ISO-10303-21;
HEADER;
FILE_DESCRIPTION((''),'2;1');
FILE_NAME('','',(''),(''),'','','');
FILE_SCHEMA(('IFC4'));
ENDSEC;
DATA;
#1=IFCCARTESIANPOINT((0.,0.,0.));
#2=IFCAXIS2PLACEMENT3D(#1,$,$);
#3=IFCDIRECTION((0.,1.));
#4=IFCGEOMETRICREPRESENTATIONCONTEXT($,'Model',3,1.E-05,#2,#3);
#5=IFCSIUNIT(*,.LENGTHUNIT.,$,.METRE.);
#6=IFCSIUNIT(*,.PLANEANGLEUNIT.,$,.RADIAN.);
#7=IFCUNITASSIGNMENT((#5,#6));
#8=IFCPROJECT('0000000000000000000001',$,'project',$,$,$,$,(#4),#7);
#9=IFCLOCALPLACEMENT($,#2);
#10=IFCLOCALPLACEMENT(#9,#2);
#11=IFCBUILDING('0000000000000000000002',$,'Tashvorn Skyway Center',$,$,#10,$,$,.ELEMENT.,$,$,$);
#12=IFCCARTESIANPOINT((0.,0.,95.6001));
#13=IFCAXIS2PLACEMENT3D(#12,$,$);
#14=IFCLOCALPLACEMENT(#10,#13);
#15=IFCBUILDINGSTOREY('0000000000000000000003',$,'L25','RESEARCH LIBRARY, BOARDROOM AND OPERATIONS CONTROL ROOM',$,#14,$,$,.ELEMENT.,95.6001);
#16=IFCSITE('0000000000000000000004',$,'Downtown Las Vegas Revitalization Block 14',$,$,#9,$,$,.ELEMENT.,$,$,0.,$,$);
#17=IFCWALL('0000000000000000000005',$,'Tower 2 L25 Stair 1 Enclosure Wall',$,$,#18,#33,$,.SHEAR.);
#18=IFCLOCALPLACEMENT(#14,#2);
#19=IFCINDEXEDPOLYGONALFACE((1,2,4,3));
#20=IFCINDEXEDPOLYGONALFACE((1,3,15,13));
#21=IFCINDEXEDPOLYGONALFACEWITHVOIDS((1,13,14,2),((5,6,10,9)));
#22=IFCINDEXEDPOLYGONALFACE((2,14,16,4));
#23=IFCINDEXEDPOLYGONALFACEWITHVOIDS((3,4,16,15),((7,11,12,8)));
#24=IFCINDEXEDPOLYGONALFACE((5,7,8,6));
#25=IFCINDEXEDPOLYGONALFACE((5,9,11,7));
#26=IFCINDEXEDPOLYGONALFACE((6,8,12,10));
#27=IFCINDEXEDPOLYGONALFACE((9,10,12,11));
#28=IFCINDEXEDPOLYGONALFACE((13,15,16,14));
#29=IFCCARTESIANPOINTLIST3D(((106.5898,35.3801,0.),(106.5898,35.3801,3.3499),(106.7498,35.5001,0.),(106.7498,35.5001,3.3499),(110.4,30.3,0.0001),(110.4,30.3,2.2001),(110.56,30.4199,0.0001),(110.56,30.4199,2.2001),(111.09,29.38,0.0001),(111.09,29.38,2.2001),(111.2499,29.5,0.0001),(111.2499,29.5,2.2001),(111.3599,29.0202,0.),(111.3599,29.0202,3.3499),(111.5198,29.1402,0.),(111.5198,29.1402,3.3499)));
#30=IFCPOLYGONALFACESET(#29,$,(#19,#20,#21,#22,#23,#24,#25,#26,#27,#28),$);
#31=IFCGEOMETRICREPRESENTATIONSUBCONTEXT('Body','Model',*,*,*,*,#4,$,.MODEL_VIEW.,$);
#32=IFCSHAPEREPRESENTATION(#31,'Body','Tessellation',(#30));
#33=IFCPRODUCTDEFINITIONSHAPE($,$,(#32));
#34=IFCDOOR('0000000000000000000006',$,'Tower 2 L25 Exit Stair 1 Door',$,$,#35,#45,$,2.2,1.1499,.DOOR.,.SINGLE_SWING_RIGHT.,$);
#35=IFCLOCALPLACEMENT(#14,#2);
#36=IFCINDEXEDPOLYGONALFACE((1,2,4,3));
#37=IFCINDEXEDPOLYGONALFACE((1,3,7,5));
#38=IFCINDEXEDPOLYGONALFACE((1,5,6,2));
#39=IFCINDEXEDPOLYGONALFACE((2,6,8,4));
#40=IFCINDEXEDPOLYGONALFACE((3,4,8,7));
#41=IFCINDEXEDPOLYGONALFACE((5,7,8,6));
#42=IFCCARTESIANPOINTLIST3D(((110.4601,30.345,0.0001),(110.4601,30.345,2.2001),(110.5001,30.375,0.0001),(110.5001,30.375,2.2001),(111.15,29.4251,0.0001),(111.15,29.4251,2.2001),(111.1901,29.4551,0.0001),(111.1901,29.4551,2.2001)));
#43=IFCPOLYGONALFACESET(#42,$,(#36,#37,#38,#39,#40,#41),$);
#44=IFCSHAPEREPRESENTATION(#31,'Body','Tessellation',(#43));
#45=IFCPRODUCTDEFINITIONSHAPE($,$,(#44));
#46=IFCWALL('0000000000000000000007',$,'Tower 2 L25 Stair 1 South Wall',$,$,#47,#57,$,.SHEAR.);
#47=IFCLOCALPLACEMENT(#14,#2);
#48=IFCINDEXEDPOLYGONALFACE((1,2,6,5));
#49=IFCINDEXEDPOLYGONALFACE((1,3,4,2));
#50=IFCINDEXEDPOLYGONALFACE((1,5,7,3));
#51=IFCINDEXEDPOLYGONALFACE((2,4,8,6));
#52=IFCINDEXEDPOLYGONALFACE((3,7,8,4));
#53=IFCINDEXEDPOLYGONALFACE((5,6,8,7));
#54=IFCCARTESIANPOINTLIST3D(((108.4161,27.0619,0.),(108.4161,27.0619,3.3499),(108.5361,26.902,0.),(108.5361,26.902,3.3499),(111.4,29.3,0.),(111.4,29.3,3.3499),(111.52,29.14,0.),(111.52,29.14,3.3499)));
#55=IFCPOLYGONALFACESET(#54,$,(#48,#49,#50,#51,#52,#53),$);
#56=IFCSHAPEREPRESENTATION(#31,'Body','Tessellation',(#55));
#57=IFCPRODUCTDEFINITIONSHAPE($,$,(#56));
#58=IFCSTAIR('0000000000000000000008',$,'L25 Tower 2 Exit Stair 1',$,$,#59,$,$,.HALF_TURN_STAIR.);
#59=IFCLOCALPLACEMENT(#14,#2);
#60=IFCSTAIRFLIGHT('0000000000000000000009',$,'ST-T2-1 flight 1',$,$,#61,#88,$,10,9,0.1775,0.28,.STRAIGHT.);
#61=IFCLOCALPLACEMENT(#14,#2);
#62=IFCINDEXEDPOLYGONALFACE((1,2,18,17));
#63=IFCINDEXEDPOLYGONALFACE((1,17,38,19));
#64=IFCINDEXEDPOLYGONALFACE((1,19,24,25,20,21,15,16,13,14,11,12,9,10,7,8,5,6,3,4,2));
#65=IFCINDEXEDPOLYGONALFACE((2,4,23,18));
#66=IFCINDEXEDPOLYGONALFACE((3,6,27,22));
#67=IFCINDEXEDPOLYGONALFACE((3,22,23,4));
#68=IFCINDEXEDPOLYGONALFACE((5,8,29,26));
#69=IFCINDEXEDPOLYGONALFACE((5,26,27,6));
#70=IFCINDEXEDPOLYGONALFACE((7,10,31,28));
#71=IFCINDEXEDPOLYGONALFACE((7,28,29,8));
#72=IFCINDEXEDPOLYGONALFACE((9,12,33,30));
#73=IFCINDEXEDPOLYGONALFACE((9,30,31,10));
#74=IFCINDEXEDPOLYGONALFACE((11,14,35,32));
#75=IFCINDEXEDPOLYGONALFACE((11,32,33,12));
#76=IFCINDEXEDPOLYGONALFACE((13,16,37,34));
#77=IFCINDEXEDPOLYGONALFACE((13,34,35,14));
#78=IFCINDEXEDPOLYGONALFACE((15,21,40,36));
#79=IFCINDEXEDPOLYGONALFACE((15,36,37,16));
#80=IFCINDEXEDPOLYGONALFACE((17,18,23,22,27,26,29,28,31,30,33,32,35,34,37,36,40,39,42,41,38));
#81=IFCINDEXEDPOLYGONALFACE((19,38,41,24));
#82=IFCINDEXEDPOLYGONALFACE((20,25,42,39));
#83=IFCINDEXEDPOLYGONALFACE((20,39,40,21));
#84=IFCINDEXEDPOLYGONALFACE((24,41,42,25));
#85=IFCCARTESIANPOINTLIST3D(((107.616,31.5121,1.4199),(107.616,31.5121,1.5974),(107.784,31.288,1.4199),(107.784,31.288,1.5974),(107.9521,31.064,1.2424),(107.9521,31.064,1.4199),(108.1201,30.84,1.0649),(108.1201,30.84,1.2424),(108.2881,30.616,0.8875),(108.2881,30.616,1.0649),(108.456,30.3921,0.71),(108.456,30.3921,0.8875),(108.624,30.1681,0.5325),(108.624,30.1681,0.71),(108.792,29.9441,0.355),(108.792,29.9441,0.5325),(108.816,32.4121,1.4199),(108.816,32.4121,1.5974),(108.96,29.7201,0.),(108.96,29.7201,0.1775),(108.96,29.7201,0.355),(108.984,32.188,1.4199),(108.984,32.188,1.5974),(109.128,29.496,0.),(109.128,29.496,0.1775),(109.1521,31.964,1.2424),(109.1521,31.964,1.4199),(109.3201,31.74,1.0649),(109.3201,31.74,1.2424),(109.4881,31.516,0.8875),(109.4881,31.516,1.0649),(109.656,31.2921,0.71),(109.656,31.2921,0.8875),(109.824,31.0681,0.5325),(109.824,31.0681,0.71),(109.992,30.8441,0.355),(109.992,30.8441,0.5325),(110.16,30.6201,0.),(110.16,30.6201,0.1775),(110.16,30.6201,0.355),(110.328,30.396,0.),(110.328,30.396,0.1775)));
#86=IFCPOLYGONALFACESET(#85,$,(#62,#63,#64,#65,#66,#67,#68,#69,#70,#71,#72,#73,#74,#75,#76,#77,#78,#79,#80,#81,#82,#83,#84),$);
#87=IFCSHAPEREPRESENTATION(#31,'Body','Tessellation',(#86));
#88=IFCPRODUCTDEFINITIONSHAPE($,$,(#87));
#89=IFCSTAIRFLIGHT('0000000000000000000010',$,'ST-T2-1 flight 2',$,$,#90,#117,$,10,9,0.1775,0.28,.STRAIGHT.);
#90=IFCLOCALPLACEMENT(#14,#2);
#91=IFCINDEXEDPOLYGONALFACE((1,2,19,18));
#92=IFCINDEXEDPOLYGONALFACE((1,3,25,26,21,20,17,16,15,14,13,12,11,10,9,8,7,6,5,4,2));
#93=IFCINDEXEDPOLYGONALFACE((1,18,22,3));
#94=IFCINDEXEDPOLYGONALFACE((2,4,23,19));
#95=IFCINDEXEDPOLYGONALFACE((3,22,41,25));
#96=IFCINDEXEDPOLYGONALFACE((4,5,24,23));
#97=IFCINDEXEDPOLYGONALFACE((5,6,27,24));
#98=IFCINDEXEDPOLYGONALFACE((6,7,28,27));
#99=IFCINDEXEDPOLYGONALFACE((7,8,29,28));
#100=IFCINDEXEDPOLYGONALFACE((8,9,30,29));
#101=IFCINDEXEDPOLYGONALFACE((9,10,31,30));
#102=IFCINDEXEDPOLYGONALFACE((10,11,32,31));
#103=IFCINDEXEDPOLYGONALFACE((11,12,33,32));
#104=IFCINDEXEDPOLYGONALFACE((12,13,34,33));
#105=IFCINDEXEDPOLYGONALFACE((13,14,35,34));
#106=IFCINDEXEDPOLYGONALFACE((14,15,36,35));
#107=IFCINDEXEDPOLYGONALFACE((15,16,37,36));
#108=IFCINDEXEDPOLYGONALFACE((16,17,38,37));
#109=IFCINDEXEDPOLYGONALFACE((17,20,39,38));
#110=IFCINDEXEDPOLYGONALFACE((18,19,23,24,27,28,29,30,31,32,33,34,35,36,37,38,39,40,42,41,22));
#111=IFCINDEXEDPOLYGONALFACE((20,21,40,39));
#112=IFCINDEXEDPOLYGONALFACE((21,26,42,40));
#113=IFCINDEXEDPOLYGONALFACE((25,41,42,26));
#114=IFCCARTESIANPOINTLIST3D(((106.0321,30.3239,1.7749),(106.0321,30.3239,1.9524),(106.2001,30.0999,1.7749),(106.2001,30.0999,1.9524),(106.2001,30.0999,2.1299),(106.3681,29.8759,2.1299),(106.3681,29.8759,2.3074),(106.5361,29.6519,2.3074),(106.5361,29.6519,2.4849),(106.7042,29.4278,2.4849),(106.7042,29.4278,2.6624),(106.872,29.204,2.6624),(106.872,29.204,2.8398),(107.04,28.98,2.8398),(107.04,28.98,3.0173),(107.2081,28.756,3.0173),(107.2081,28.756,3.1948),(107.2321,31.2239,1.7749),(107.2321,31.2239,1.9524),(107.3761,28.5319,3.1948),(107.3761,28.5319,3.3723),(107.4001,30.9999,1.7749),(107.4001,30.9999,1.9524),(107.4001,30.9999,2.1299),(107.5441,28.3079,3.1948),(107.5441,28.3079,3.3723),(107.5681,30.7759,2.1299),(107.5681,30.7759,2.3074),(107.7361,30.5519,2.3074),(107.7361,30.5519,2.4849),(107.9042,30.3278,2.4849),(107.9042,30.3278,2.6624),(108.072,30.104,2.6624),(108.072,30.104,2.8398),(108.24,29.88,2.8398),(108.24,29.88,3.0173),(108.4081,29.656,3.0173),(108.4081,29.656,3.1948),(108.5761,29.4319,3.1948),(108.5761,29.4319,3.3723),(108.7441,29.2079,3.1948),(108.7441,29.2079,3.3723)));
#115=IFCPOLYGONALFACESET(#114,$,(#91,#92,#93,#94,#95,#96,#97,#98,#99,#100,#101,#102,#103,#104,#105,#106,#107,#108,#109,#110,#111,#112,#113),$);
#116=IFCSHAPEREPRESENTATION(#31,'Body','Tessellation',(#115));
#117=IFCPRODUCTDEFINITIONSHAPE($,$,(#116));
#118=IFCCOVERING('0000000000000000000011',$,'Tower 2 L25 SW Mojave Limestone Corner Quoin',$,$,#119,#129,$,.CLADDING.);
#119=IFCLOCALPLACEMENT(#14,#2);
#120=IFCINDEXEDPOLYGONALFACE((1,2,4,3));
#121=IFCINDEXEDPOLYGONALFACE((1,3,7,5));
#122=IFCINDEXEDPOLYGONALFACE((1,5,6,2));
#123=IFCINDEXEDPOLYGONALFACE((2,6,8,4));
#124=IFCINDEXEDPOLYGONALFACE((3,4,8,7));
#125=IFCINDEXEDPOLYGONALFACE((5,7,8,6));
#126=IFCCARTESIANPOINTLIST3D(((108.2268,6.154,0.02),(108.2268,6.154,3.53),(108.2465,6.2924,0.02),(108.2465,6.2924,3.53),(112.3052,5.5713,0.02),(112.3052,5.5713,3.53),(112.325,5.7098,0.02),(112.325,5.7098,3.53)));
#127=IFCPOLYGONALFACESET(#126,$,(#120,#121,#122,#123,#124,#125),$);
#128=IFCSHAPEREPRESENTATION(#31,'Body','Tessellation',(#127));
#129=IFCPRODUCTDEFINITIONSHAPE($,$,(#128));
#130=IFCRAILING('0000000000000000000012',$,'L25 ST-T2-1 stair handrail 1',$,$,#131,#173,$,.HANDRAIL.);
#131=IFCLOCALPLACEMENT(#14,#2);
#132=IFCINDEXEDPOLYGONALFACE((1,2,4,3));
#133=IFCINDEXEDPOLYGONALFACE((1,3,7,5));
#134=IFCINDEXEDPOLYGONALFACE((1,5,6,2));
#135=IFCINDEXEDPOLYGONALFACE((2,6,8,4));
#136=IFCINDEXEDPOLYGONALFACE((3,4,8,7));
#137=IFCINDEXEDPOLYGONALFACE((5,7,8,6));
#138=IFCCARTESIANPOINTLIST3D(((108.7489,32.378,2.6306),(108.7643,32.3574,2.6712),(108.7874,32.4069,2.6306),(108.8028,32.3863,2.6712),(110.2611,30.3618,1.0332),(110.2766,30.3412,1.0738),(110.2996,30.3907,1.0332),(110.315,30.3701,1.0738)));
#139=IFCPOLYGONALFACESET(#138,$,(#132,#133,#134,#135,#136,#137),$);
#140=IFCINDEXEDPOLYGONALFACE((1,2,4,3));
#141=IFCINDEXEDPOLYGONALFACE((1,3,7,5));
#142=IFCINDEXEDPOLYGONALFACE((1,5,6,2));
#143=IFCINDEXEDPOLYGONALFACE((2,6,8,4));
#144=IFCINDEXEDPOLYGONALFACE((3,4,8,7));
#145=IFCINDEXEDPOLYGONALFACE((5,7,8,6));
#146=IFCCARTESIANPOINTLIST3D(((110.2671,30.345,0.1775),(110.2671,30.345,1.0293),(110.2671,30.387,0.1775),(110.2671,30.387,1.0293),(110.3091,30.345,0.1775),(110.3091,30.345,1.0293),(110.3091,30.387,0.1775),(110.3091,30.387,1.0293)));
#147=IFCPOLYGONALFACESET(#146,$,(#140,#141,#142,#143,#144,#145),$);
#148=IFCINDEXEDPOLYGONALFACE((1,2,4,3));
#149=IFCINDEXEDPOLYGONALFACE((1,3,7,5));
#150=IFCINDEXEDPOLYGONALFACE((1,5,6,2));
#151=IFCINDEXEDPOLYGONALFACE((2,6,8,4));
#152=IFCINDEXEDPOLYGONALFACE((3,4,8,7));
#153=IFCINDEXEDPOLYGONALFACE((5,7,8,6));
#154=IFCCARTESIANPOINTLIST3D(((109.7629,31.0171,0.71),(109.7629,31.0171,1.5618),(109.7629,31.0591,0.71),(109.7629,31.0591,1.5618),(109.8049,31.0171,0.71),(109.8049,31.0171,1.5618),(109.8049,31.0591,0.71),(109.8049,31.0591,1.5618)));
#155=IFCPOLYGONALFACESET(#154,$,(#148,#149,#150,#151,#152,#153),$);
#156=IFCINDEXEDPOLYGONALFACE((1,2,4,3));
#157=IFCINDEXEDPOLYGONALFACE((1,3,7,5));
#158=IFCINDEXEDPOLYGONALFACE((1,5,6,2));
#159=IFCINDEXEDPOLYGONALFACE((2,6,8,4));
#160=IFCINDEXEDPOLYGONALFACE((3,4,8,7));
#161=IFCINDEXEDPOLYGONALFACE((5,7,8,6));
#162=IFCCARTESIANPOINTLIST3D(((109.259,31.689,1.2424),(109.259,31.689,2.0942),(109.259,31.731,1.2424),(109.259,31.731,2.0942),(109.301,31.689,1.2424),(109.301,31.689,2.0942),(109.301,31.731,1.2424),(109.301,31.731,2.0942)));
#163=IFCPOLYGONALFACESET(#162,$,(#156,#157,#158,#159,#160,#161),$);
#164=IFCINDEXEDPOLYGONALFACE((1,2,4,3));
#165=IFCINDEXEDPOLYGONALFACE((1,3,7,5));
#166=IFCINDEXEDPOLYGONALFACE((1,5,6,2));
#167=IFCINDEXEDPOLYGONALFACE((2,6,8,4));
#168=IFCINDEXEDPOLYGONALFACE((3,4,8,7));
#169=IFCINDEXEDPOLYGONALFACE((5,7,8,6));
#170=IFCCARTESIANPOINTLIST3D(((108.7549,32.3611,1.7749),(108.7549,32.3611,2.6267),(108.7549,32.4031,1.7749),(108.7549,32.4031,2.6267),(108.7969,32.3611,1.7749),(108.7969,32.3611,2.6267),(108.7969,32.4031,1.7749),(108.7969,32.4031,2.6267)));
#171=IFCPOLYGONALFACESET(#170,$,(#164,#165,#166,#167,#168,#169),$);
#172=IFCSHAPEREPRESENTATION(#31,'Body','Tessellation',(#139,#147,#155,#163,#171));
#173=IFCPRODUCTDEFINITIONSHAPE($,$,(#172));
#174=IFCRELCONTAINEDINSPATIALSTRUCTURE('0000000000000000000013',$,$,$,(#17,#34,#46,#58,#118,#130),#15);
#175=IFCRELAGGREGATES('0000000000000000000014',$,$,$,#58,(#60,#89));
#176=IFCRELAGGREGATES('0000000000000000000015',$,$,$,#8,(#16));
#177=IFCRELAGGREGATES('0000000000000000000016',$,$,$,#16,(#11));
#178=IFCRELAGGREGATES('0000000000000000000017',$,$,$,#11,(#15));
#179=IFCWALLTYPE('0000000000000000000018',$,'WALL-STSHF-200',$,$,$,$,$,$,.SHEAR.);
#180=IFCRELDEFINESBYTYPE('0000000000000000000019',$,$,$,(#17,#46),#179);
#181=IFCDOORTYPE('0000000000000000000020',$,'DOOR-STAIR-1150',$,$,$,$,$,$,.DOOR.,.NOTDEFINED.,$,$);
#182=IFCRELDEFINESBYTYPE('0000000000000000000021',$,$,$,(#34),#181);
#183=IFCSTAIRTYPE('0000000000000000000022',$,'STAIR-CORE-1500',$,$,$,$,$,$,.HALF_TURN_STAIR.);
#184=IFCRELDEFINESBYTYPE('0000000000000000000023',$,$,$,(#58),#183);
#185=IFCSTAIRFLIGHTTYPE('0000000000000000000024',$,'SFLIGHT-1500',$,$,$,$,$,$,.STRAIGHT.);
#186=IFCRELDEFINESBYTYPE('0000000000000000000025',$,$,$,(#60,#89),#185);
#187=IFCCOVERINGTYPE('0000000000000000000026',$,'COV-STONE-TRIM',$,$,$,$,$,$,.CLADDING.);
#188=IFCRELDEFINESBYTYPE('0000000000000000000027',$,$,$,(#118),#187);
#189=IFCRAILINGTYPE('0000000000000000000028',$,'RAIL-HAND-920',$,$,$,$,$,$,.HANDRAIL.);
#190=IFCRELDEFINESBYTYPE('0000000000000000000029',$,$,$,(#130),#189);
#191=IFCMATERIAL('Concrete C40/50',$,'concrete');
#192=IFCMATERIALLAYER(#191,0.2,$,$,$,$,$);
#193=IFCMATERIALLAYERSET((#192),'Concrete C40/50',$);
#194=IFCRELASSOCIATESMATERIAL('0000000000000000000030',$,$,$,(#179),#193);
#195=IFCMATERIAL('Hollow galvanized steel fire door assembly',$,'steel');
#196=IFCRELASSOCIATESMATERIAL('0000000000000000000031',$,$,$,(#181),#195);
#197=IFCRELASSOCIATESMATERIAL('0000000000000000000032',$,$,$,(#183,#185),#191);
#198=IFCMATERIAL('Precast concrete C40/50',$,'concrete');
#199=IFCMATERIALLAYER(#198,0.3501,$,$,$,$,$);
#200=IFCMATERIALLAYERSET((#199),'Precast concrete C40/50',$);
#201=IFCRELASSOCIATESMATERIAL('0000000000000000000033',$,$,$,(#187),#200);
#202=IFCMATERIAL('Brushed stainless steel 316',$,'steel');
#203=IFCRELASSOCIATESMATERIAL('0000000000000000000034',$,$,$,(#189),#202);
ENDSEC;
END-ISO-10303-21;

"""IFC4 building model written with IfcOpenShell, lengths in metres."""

from ifc_helpers import new_model, si_unit, direction, frame, frame_2d, origin, origin_2d, place, context, subcontext, project, spatial, polyline, rectangle, outline, extrude, material, layer, layer_set, type_object, element, fill, aggregate, save


model = new_model("IFC4")

# Units and contexts
model_context = context("Model", 3, precision=1e-05, world=origin(), true_north=direction((0.0, 1.0)))
body_context = subcontext(model_context, "Body", "Model", "MODEL_VIEW")
ifc_project = project(units=[si_unit("LENGTHUNIT", "METRE"), si_unit("PLANEANGLEUNIT", "RADIAN")], contexts=[model_context])

# Site, building, storey
site_placement = place(None, origin())
site = spatial("IfcSite", under=ifc_project, at=site_placement, Name="Downtown Las Vegas Revitalization Block 14", CompositionType="ELEMENT", RefElevation=0.0)
building_placement = place(site_placement, origin())
building = spatial("IfcBuilding", under=site, at=building_placement, Name="Tashvorn Skyway Center", CompositionType="ELEMENT")
storey_placement = place(building_placement, frame((0.0, 0.0, 95.6001)))
storey = spatial("IfcBuildingStorey", under=building, at=storey_placement, Name="L25", Description="RESEARCH LIBRARY, BOARDROOM AND OPERATIONS CONTROL ROOM", CompositionType="ELEMENT", Elevation=95.6001)

# Shared definitions
ifc_material_1 = material(Name="Precast concrete C40/50", Category="concrete")
ifc_material_2 = material(Name="Concrete C40/50", Category="concrete")

# Wall, opening, door
ifc_layer_1 = layer(ifc_material_2, 0.2)
ifc_layer_set_1 = layer_set([ifc_layer_1], Name="Concrete C40/50")
wall_type_1 = type_object("IfcWallType", Name="WALL-STSHF-200", PredefinedType="SHEAR", material=ifc_layer_set_1)
wall_1_placement = place(storey_placement, frame((111.4399, 29.0801, 0.0), z_axis=(0.0, 0.0, 1.0), x_axis=(-0.60001, 0.799993, 0.0)))
wall_1 = element("IfcWall", 1, at=wall_1_placement, inside=storey, type_object=wall_type_1, Name="Tower 2 L25 Stair 1 Enclosure Wall", PredefinedType="SHEAR", context=body_context, shape_type="SweptSolid", body=[
    extrude(rectangle(XDim=7.95, YDim=0.2, at=frame_2d((3.9751, 0.0))), origin(), (0.0, 0.0, 1.0), 3.3499),
])
opening_1_placement = place(wall_1_placement, frame((0.45, 0.0, 0.0)))
opening_1 = element("IfcOpeningElement", 2, at=opening_1_placement, cuts=wall_1, PredefinedType="OPENING", context=body_context, shape_type="SweptSolid", body=[
    extrude(rectangle(XDim=1.1499, YDim=2.2, at=frame_2d((0.575, 1.1001))), frame((0.0, 0.1099, 0.0), z_axis=(0.0, -1.0, 0.0), x_axis=(1.0, 0.0, 0.0)), (0.0, 0.0, 1.0), 0.22),
])
ifc_material_3 = material(Name="Hollow galvanized steel fire door assembly", Category="steel")
door_type_1 = type_object("IfcDoorType", Name="DOOR-STAIR-1150", OperationType="NOTDEFINED", PredefinedType="DOOR", material=ifc_material_3)
door_1_placement = place(opening_1_placement, origin())
door_1 = element("IfcDoor", 3, at=door_1_placement, inside=storey, type_object=door_type_1, Name="Tower 2 L25 Exit Stair 1 Door", OperationType="SINGLE_SWING_RIGHT", OverallHeight=2.2, OverallWidth=1.1499, PredefinedType="DOOR", context=body_context, shape_type="SweptSolid", body=[
    extrude(rectangle(XDim=1.1499, YDim=2.2, at=frame_2d((0.575, 1.1001))), frame((0.0, 0.0249, 0.0), z_axis=(0.0, -1.0, 0.0), x_axis=(1.0, 0.0, 0.0)), (0.0, 0.0, 1.0), 0.05),
])
fill(opening_1, door_1)

# Wall
wall_2_placement = place(storey_placement, frame((108.4761, 26.9819, 0.0), z_axis=(0.0, 0.0, 1.0), x_axis=(0.799984, 0.600021, 0.0)))
element("IfcWall", 4, at=wall_2_placement, inside=storey, type_object=wall_type_1, Name="Tower 2 L25 Stair 1 South Wall", PredefinedType="SHEAR", context=body_context, shape_type="SweptSolid", body=[
    extrude(rectangle(XDim=3.73, YDim=0.2, at=frame_2d((1.865, 0.0))), origin(), (0.0, 0.0, 1.0), 3.3499),
])

# Stair, stair flights
stair_type = type_object("IfcStairType", Name="STAIR-CORE-1500", PredefinedType="HALF_TURN_STAIR", material=ifc_material_2)
stair_placement = place(storey_placement, origin())
stair = element("IfcStair", 5, at=stair_placement, inside=storey, type_object=stair_type, Name="L25 Tower 2 Exit Stair 1", PredefinedType="HALF_TURN_STAIR")
stair_flight_type = type_object("IfcStairFlightType", Name="SFLIGHT-1500", PredefinedType="STRAIGHT", material=ifc_material_2)
stair_flight_1_placement = place(storey_placement, frame((109.728, 29.946, 0.0), z_axis=(0.0, 0.0, 1.0), x_axis=(-0.6, 0.8, 0.0)))
stair_flight_1 = element("IfcStairFlight", 6, at=stair_flight_1_placement, type_object=stair_flight_type, Name="ST-T2-1 flight 1", NumberOfRisers=10, NumberOfTreads=9, PredefinedType="STRAIGHT", RiserHeight=0.1775, TreadLength=0.28, context=body_context, shape_type="SweptSolid", body=[
    extrude(outline(polyline([(0.0, 0.0), (0.0, 0.1775), (0.28, 0.1775), (0.28, 0.355), (0.5601, 0.355), (0.5601, 0.5325), (0.8401, 0.5325), (0.8401, 0.71), (1.1201, 0.71), (1.1201, 0.8875), (1.3999, 0.8875), (1.3999, 1.0649), (1.6799, 1.0649), (1.6799, 1.2424), (1.96, 1.2424), (1.96, 1.4199), (2.24, 1.4199), (2.24, 1.5974), (2.52, 1.5974), (2.52, 1.7749), (2.52, 1.4199), (0.28, 0.0), (0.0, 0.0)])), frame((0.0, 0.75, 0.0), z_axis=(0.0, -1.0, 0.0), x_axis=(1.0, 0.0, 0.0)), (0.0, 0.0, 1.0), 1.5),
])
stair_flight_2_placement = place(storey_placement, frame((106.6321, 30.7739, 1.7749), z_axis=(0.0, 0.0, 1.0), x_axis=(0.6, -0.8, 0.0)))
stair_flight_2 = element("IfcStairFlight", 7, at=stair_flight_2_placement, type_object=stair_flight_type, Name="ST-T2-1 flight 2", NumberOfRisers=10, NumberOfTreads=9, PredefinedType="STRAIGHT", RiserHeight=0.1775, TreadLength=0.28, context=body_context, shape_type="SweptSolid", body=[
    extrude(outline(polyline([(0.0, 0.0), (0.0, 0.1775), (0.28, 0.1775), (0.28, 0.355), (0.5601, 0.355), (0.5601, 0.5325), (0.8401, 0.5325), (0.8401, 0.71), (1.1201, 0.71), (1.1201, 0.8875), (1.3999, 0.8875), (1.3999, 1.0649), (1.6799, 1.0649), (1.6799, 1.2424), (1.96, 1.2424), (1.96, 1.4199), (2.24, 1.4199), (2.24, 1.5974), (2.52, 1.5974), (2.52, 1.7749), (2.52, 1.4199), (0.28, 0.0), (0.0, 0.0)])), frame((0.0, 0.75, 0.0), z_axis=(0.0, -1.0, 0.0), x_axis=(1.0, 0.0, 0.0)), (0.0, 0.0, 1.0), 1.5),
])
aggregate(stair, [stair_flight_1, stair_flight_2])

# Covering
ifc_layer_2 = layer(ifc_material_1, 0.3501)
ifc_layer_set_2 = layer_set([ifc_layer_2], Name="Precast concrete C40/50")
covering_type = type_object("IfcCoveringType", Name="COV-STONE-TRIM", PredefinedType="CLADDING", material=ifc_layer_set_2)
covering_placement = place(storey_placement, frame((110.2759, 5.9319, 0.02), z_axis=(0.0, 0.0, 1.0), x_axis=(-0.989949, 0.141421, 0.0)))
element("IfcCovering", 8, at=covering_placement, inside=storey, type_object=covering_type, Name="Tower 2 L25 SW Mojave Limestone Corner Quoin", PredefinedType="CLADDING", context=body_context, shape_type="SweptSolid", body=[
    extrude(rectangle(XDim=4.1199, YDim=0.1399, at=origin_2d()), origin(), (0.0, 0.0, 1.0), 3.51),
])

# Railing
ifc_material_4 = material(Name="Brushed stainless steel 316", Category="steel")
railing_type_1 = type_object("IfcRailingType", Name="RAIL-HAND-920", PredefinedType="HANDRAIL", material=ifc_material_4)
railing_1_placement = place(storey_placement, frame((110.2881, 30.366, 0.1775)))
element("IfcRailing", 9, at=railing_1_placement, inside=storey, type_object=railing_type_1, Name="L25 ST-T2-1 stair handrail 1", PredefinedType="HANDRAIL", context=body_context, shape_type="SweptSolid", body=[
    extrude(rectangle(XDim=0.0481, YDim=0.0481, at=origin_2d()), frame((0.0, 0.0, 0.876), z_axis=(-0.506802, 0.675681, 0.535357), x_axis=(-0.799977, -0.600031, 0.0)), (0.0, 0.0, 1.0), 2.9839),
    extrude(rectangle(XDim=0.042, YDim=0.042, at=origin_2d()), origin(), (0.0, 0.0, 1.0), 0.8518),
    extrude(rectangle(XDim=0.042, YDim=0.042, at=origin_2d()), frame((-0.5042, 0.6721, 0.5325)), (0.0, 0.0, 1.0), 0.8518),
    extrude(rectangle(XDim=0.042, YDim=0.042, at=origin_2d()), frame((-1.0081, 1.344, 1.0649)), (0.0, 0.0, 1.0), 0.8518),
    extrude(rectangle(XDim=0.042, YDim=0.042, at=origin_2d()), frame((-1.5122, 2.0161, 1.5974)), (0.0, 0.0, 1.0), 0.8518),
])

save(model, "model.ifc")
